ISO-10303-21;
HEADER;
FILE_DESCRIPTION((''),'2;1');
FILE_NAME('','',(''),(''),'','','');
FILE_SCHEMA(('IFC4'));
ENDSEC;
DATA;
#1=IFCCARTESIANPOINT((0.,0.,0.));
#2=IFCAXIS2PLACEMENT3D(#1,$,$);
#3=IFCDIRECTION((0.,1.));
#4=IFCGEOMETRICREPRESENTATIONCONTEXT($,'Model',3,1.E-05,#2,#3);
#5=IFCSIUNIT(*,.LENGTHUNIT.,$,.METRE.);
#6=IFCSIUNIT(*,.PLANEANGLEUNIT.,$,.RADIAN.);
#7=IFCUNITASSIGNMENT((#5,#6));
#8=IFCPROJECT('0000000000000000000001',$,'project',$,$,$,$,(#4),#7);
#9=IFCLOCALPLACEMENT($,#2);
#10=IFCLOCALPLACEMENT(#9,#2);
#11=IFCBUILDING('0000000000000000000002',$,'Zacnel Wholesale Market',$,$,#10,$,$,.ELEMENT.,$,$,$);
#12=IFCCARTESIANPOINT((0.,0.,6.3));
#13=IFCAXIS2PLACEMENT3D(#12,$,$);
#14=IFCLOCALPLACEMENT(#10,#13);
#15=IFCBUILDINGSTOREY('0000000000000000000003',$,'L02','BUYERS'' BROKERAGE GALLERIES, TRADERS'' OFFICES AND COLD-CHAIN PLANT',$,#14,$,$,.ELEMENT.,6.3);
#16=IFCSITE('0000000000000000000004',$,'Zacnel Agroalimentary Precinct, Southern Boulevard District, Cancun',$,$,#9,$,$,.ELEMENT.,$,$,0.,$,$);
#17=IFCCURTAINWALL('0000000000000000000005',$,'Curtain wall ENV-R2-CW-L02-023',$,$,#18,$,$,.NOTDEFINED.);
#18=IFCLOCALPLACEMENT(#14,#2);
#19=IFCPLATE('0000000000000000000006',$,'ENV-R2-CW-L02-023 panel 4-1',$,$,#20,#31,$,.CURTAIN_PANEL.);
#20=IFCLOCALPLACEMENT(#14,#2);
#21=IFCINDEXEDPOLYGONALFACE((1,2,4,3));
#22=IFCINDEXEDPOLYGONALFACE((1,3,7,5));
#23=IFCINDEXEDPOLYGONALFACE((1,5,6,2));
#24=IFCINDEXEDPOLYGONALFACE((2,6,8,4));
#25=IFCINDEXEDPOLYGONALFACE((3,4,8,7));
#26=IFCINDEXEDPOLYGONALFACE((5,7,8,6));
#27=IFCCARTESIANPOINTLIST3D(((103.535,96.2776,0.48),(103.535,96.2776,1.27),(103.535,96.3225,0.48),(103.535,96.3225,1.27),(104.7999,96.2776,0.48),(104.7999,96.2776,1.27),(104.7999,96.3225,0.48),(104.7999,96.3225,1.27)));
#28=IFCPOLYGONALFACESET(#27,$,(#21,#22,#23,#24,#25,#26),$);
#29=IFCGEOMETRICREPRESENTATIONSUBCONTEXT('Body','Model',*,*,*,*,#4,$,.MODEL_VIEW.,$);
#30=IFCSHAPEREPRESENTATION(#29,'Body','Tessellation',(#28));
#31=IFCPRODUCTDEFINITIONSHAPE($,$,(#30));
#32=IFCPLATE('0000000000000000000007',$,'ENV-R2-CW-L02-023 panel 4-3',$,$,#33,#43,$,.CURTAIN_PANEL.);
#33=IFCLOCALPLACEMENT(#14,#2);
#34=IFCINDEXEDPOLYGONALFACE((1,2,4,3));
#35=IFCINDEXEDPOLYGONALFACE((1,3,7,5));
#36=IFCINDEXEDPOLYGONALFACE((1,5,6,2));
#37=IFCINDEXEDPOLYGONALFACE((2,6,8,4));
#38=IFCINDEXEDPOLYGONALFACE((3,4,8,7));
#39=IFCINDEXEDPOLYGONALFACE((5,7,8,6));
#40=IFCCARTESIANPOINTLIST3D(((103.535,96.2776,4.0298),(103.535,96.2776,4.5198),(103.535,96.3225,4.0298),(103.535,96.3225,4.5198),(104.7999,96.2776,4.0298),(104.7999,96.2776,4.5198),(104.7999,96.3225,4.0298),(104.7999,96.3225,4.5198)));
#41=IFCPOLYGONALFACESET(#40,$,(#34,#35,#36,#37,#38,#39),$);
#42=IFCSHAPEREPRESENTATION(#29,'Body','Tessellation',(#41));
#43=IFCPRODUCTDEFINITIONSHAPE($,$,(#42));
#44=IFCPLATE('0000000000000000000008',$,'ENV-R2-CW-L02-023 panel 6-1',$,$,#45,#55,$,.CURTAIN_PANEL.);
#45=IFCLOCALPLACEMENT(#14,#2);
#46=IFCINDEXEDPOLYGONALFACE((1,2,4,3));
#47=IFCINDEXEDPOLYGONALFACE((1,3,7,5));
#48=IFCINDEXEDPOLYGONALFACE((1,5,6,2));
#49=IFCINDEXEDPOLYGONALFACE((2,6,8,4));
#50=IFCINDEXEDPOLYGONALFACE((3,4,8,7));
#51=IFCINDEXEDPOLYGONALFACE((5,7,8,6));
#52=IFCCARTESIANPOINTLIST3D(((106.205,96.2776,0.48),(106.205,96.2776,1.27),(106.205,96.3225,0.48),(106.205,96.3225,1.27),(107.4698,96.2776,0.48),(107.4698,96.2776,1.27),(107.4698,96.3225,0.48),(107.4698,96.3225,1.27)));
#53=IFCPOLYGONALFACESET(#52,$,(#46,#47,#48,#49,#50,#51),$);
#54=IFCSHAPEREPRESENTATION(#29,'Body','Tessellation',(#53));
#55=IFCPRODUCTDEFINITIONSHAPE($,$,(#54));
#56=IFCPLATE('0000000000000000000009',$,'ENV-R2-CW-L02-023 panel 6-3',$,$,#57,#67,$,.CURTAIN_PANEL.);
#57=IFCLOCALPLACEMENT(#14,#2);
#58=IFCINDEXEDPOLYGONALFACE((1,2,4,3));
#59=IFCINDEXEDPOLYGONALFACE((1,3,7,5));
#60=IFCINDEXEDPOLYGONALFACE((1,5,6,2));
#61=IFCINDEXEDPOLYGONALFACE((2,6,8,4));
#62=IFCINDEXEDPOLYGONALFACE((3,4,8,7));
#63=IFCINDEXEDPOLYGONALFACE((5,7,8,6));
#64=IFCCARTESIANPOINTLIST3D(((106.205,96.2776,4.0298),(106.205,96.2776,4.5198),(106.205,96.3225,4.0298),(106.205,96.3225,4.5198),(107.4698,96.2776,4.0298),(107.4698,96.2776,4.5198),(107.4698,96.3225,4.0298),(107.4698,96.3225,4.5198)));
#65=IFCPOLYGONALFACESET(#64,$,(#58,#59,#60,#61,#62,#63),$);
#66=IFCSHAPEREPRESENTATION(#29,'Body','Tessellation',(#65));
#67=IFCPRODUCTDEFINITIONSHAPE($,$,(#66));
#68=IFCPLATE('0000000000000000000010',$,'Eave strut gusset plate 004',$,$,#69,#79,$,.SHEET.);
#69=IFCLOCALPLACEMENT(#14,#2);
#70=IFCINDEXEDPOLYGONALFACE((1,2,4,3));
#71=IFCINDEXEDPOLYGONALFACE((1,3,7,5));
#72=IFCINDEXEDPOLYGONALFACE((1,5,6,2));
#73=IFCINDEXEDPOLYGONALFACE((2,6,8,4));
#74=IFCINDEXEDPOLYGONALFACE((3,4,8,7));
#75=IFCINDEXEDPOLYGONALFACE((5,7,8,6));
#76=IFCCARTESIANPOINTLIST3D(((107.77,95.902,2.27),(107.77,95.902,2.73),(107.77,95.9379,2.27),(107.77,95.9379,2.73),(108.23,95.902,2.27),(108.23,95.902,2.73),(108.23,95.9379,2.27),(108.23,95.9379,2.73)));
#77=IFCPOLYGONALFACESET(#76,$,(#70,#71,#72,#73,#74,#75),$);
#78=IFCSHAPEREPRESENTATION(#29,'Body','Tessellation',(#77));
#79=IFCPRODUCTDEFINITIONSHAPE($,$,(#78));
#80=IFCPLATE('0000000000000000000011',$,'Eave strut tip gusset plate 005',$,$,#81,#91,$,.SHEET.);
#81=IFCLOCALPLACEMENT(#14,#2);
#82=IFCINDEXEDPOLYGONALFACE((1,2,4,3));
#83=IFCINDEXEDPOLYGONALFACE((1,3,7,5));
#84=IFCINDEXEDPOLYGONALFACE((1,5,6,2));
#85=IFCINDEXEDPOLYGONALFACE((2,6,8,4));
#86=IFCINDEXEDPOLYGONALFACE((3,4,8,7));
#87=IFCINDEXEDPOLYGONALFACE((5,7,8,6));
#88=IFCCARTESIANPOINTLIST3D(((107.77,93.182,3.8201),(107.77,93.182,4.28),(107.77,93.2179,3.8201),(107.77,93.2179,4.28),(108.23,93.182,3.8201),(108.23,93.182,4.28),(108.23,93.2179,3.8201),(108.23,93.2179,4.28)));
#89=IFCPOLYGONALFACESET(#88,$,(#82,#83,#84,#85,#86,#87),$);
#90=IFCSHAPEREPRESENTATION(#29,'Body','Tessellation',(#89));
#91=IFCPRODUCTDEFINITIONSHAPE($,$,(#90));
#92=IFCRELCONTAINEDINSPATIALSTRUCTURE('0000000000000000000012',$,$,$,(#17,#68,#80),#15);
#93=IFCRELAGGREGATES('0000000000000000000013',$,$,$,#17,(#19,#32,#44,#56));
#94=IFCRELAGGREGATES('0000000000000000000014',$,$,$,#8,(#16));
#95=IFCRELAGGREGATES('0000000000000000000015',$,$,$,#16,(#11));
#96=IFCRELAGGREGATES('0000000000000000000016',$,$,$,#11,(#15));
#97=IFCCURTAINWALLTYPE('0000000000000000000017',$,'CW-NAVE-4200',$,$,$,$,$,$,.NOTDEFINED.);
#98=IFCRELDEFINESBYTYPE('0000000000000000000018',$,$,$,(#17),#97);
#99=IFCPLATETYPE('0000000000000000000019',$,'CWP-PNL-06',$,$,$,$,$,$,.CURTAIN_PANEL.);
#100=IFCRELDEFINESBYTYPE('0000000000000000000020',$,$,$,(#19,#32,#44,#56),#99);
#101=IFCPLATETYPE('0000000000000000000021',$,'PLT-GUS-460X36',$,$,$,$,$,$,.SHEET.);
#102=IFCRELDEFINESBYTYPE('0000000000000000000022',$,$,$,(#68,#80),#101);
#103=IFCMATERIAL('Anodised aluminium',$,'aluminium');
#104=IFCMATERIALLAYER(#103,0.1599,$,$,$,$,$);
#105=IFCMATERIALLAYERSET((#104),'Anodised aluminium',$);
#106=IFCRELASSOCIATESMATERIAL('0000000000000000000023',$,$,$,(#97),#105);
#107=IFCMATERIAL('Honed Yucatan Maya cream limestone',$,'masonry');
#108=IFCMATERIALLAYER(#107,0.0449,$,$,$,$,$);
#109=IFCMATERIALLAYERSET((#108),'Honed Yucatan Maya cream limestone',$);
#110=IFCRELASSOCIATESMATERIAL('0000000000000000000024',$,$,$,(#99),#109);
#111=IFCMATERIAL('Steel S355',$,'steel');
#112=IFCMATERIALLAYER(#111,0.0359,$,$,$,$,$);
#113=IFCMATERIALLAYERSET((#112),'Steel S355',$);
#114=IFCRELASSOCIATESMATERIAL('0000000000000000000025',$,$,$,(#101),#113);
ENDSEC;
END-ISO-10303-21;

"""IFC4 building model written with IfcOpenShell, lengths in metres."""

from ifc_helpers import new_model, si_unit, direction, frame, origin, origin_2d, place, context, subcontext, project, spatial, rectangle, extrude, material, layer, layer_set, type_object, element, aggregate, save


model = new_model("IFC4")

# Units and contexts
model_context = context("Model", 3, precision=1e-05, world=origin(), true_north=direction((0.0, 1.0)))
body_context = subcontext(model_context, "Body", "Model", "MODEL_VIEW")
ifc_project = project(units=[si_unit("LENGTHUNIT", "METRE"), si_unit("PLANEANGLEUNIT", "RADIAN")], contexts=[model_context])

# Site, building, storey
site_placement = place(None, origin())
site = spatial("IfcSite", under=ifc_project, at=site_placement, Name="Zacnel Agroalimentary Precinct, Southern Boulevard District, Cancun", CompositionType="ELEMENT", RefElevation=0.0)
building_placement = place(site_placement, origin())
building = spatial("IfcBuilding", under=site, at=building_placement, Name="Zacnel Wholesale Market", CompositionType="ELEMENT")
storey_placement = place(building_placement, frame((0.0, 0.0, 6.3)))
storey = spatial("IfcBuildingStorey", under=building, at=storey_placement, Name="L02", Description="BUYERS' BROKERAGE GALLERIES, TRADERS' OFFICES AND COLD-CHAIN PLANT", CompositionType="ELEMENT", Elevation=6.3)

# Curtain wall
ifc_material_1 = material(Name="Anodised aluminium", Category="aluminium")
ifc_layer_1 = layer(ifc_material_1, 0.1599)
ifc_layer_set_1 = layer_set([ifc_layer_1], Name="Anodised aluminium")
curtain_wall_type = type_object("IfcCurtainWallType", Name="CW-NAVE-4200", PredefinedType="NOTDEFINED", material=ifc_layer_set_1)
curtain_wall_placement = place(storey_placement, origin())
curtain_wall = element("IfcCurtainWall", 1, at=curtain_wall_placement, inside=storey, type_object=curtain_wall_type, Name="Curtain wall ENV-R2-CW-L02-023", PredefinedType="NOTDEFINED")

# Plates
ifc_material_2 = material(Name="Honed Yucatan Maya cream limestone", Category="masonry")
ifc_layer_2 = layer(ifc_material_2, 0.0449)
ifc_layer_set_2 = layer_set([ifc_layer_2], Name="Honed Yucatan Maya cream limestone")
plate_type_1 = type_object("IfcPlateType", Name="CWP-PNL-06", PredefinedType="CURTAIN_PANEL", material=ifc_layer_set_2)
plate_1_placement = place(storey_placement, frame((104.1675, 96.3, 0.48), z_axis=(0.0, 0.0, 1.0), x_axis=(1.0, 0.0, 0.0)))
plate_1 = element("IfcPlate", 2, at=plate_1_placement, type_object=plate_type_1, Name="ENV-R2-CW-L02-023 panel 4-1", PredefinedType="CURTAIN_PANEL", context=body_context, shape_type="SweptSolid", body=[
    extrude(rectangle(XDim=1.2649, YDim=0.0449, at=origin_2d()), origin(), (0.0, 0.0, 1.0), 0.79),
])
plate_2_placement = place(storey_placement, frame((104.1675, 96.3, 4.0298), z_axis=(0.0, 0.0, 1.0), x_axis=(1.0, 0.0, 0.0)))
plate_2 = element("IfcPlate", 3, at=plate_2_placement, type_object=plate_type_1, Name="ENV-R2-CW-L02-023 panel 4-3", PredefinedType="CURTAIN_PANEL", context=body_context, shape_type="SweptSolid", body=[
    extrude(rectangle(XDim=1.2649, YDim=0.0449, at=origin_2d()), origin(), (0.0, 0.0, 1.0), 0.49),
])
plate_3_placement = place(storey_placement, frame((106.8374, 96.3, 0.48), z_axis=(0.0, 0.0, 1.0), x_axis=(1.0, 0.0, 0.0)))
plate_3 = element("IfcPlate", 4, at=plate_3_placement, type_object=plate_type_1, Name="ENV-R2-CW-L02-023 panel 6-1", PredefinedType="CURTAIN_PANEL", context=body_context, shape_type="SweptSolid", body=[
    extrude(rectangle(XDim=1.2649, YDim=0.0449, at=origin_2d()), origin(), (0.0, 0.0, 1.0), 0.79),
])
plate_4_placement = place(storey_placement, frame((106.8374, 96.3, 4.0298), z_axis=(0.0, 0.0, 1.0), x_axis=(1.0, 0.0, 0.0)))
plate_4 = element("IfcPlate", 5, at=plate_4_placement, type_object=plate_type_1, Name="ENV-R2-CW-L02-023 panel 6-3", PredefinedType="CURTAIN_PANEL", context=body_context, shape_type="SweptSolid", body=[
    extrude(rectangle(XDim=1.2649, YDim=0.0449, at=origin_2d()), origin(), (0.0, 0.0, 1.0), 0.49),
])
aggregate(curtain_wall, [plate_1, plate_2, plate_3, plate_4])

# Plates
ifc_material_3 = material(Name="Steel S355", Category="steel")
ifc_layer_3 = layer(ifc_material_3, 0.0359)
ifc_layer_set_3 = layer_set([ifc_layer_3], Name="Steel S355")
plate_type_2 = type_object("IfcPlateType", Name="PLT-GUS-460X36", PredefinedType="SHEET", material=ifc_layer_set_3)
for number, where, z_axis, x_axis, name in (
    (6, (108.0, 95.9199, 2.27), (0.0, 0.0, 1.0), (1.0, 0.0, 0.0), "Eave strut gusset plate 004"),
    (7, (108.0, 93.2, 3.8201), (0.0, 0.0, 1.0), (1.0, 0.0, 0.0), "Eave strut tip gusset plate 005"),
):
    element("IfcPlate", number, at=place(storey_placement, frame(where, z_axis=z_axis, x_axis=x_axis)), inside=storey, type_object=plate_type_2, Name=name, PredefinedType="SHEET", context=body_context, shape_type="SweptSolid", body=[
        extrude(rectangle(XDim=0.46, YDim=0.0359, at=origin_2d()), origin(), (0.0, 0.0, 1.0), 0.46),
    ])

save(model, "model.ifc")
